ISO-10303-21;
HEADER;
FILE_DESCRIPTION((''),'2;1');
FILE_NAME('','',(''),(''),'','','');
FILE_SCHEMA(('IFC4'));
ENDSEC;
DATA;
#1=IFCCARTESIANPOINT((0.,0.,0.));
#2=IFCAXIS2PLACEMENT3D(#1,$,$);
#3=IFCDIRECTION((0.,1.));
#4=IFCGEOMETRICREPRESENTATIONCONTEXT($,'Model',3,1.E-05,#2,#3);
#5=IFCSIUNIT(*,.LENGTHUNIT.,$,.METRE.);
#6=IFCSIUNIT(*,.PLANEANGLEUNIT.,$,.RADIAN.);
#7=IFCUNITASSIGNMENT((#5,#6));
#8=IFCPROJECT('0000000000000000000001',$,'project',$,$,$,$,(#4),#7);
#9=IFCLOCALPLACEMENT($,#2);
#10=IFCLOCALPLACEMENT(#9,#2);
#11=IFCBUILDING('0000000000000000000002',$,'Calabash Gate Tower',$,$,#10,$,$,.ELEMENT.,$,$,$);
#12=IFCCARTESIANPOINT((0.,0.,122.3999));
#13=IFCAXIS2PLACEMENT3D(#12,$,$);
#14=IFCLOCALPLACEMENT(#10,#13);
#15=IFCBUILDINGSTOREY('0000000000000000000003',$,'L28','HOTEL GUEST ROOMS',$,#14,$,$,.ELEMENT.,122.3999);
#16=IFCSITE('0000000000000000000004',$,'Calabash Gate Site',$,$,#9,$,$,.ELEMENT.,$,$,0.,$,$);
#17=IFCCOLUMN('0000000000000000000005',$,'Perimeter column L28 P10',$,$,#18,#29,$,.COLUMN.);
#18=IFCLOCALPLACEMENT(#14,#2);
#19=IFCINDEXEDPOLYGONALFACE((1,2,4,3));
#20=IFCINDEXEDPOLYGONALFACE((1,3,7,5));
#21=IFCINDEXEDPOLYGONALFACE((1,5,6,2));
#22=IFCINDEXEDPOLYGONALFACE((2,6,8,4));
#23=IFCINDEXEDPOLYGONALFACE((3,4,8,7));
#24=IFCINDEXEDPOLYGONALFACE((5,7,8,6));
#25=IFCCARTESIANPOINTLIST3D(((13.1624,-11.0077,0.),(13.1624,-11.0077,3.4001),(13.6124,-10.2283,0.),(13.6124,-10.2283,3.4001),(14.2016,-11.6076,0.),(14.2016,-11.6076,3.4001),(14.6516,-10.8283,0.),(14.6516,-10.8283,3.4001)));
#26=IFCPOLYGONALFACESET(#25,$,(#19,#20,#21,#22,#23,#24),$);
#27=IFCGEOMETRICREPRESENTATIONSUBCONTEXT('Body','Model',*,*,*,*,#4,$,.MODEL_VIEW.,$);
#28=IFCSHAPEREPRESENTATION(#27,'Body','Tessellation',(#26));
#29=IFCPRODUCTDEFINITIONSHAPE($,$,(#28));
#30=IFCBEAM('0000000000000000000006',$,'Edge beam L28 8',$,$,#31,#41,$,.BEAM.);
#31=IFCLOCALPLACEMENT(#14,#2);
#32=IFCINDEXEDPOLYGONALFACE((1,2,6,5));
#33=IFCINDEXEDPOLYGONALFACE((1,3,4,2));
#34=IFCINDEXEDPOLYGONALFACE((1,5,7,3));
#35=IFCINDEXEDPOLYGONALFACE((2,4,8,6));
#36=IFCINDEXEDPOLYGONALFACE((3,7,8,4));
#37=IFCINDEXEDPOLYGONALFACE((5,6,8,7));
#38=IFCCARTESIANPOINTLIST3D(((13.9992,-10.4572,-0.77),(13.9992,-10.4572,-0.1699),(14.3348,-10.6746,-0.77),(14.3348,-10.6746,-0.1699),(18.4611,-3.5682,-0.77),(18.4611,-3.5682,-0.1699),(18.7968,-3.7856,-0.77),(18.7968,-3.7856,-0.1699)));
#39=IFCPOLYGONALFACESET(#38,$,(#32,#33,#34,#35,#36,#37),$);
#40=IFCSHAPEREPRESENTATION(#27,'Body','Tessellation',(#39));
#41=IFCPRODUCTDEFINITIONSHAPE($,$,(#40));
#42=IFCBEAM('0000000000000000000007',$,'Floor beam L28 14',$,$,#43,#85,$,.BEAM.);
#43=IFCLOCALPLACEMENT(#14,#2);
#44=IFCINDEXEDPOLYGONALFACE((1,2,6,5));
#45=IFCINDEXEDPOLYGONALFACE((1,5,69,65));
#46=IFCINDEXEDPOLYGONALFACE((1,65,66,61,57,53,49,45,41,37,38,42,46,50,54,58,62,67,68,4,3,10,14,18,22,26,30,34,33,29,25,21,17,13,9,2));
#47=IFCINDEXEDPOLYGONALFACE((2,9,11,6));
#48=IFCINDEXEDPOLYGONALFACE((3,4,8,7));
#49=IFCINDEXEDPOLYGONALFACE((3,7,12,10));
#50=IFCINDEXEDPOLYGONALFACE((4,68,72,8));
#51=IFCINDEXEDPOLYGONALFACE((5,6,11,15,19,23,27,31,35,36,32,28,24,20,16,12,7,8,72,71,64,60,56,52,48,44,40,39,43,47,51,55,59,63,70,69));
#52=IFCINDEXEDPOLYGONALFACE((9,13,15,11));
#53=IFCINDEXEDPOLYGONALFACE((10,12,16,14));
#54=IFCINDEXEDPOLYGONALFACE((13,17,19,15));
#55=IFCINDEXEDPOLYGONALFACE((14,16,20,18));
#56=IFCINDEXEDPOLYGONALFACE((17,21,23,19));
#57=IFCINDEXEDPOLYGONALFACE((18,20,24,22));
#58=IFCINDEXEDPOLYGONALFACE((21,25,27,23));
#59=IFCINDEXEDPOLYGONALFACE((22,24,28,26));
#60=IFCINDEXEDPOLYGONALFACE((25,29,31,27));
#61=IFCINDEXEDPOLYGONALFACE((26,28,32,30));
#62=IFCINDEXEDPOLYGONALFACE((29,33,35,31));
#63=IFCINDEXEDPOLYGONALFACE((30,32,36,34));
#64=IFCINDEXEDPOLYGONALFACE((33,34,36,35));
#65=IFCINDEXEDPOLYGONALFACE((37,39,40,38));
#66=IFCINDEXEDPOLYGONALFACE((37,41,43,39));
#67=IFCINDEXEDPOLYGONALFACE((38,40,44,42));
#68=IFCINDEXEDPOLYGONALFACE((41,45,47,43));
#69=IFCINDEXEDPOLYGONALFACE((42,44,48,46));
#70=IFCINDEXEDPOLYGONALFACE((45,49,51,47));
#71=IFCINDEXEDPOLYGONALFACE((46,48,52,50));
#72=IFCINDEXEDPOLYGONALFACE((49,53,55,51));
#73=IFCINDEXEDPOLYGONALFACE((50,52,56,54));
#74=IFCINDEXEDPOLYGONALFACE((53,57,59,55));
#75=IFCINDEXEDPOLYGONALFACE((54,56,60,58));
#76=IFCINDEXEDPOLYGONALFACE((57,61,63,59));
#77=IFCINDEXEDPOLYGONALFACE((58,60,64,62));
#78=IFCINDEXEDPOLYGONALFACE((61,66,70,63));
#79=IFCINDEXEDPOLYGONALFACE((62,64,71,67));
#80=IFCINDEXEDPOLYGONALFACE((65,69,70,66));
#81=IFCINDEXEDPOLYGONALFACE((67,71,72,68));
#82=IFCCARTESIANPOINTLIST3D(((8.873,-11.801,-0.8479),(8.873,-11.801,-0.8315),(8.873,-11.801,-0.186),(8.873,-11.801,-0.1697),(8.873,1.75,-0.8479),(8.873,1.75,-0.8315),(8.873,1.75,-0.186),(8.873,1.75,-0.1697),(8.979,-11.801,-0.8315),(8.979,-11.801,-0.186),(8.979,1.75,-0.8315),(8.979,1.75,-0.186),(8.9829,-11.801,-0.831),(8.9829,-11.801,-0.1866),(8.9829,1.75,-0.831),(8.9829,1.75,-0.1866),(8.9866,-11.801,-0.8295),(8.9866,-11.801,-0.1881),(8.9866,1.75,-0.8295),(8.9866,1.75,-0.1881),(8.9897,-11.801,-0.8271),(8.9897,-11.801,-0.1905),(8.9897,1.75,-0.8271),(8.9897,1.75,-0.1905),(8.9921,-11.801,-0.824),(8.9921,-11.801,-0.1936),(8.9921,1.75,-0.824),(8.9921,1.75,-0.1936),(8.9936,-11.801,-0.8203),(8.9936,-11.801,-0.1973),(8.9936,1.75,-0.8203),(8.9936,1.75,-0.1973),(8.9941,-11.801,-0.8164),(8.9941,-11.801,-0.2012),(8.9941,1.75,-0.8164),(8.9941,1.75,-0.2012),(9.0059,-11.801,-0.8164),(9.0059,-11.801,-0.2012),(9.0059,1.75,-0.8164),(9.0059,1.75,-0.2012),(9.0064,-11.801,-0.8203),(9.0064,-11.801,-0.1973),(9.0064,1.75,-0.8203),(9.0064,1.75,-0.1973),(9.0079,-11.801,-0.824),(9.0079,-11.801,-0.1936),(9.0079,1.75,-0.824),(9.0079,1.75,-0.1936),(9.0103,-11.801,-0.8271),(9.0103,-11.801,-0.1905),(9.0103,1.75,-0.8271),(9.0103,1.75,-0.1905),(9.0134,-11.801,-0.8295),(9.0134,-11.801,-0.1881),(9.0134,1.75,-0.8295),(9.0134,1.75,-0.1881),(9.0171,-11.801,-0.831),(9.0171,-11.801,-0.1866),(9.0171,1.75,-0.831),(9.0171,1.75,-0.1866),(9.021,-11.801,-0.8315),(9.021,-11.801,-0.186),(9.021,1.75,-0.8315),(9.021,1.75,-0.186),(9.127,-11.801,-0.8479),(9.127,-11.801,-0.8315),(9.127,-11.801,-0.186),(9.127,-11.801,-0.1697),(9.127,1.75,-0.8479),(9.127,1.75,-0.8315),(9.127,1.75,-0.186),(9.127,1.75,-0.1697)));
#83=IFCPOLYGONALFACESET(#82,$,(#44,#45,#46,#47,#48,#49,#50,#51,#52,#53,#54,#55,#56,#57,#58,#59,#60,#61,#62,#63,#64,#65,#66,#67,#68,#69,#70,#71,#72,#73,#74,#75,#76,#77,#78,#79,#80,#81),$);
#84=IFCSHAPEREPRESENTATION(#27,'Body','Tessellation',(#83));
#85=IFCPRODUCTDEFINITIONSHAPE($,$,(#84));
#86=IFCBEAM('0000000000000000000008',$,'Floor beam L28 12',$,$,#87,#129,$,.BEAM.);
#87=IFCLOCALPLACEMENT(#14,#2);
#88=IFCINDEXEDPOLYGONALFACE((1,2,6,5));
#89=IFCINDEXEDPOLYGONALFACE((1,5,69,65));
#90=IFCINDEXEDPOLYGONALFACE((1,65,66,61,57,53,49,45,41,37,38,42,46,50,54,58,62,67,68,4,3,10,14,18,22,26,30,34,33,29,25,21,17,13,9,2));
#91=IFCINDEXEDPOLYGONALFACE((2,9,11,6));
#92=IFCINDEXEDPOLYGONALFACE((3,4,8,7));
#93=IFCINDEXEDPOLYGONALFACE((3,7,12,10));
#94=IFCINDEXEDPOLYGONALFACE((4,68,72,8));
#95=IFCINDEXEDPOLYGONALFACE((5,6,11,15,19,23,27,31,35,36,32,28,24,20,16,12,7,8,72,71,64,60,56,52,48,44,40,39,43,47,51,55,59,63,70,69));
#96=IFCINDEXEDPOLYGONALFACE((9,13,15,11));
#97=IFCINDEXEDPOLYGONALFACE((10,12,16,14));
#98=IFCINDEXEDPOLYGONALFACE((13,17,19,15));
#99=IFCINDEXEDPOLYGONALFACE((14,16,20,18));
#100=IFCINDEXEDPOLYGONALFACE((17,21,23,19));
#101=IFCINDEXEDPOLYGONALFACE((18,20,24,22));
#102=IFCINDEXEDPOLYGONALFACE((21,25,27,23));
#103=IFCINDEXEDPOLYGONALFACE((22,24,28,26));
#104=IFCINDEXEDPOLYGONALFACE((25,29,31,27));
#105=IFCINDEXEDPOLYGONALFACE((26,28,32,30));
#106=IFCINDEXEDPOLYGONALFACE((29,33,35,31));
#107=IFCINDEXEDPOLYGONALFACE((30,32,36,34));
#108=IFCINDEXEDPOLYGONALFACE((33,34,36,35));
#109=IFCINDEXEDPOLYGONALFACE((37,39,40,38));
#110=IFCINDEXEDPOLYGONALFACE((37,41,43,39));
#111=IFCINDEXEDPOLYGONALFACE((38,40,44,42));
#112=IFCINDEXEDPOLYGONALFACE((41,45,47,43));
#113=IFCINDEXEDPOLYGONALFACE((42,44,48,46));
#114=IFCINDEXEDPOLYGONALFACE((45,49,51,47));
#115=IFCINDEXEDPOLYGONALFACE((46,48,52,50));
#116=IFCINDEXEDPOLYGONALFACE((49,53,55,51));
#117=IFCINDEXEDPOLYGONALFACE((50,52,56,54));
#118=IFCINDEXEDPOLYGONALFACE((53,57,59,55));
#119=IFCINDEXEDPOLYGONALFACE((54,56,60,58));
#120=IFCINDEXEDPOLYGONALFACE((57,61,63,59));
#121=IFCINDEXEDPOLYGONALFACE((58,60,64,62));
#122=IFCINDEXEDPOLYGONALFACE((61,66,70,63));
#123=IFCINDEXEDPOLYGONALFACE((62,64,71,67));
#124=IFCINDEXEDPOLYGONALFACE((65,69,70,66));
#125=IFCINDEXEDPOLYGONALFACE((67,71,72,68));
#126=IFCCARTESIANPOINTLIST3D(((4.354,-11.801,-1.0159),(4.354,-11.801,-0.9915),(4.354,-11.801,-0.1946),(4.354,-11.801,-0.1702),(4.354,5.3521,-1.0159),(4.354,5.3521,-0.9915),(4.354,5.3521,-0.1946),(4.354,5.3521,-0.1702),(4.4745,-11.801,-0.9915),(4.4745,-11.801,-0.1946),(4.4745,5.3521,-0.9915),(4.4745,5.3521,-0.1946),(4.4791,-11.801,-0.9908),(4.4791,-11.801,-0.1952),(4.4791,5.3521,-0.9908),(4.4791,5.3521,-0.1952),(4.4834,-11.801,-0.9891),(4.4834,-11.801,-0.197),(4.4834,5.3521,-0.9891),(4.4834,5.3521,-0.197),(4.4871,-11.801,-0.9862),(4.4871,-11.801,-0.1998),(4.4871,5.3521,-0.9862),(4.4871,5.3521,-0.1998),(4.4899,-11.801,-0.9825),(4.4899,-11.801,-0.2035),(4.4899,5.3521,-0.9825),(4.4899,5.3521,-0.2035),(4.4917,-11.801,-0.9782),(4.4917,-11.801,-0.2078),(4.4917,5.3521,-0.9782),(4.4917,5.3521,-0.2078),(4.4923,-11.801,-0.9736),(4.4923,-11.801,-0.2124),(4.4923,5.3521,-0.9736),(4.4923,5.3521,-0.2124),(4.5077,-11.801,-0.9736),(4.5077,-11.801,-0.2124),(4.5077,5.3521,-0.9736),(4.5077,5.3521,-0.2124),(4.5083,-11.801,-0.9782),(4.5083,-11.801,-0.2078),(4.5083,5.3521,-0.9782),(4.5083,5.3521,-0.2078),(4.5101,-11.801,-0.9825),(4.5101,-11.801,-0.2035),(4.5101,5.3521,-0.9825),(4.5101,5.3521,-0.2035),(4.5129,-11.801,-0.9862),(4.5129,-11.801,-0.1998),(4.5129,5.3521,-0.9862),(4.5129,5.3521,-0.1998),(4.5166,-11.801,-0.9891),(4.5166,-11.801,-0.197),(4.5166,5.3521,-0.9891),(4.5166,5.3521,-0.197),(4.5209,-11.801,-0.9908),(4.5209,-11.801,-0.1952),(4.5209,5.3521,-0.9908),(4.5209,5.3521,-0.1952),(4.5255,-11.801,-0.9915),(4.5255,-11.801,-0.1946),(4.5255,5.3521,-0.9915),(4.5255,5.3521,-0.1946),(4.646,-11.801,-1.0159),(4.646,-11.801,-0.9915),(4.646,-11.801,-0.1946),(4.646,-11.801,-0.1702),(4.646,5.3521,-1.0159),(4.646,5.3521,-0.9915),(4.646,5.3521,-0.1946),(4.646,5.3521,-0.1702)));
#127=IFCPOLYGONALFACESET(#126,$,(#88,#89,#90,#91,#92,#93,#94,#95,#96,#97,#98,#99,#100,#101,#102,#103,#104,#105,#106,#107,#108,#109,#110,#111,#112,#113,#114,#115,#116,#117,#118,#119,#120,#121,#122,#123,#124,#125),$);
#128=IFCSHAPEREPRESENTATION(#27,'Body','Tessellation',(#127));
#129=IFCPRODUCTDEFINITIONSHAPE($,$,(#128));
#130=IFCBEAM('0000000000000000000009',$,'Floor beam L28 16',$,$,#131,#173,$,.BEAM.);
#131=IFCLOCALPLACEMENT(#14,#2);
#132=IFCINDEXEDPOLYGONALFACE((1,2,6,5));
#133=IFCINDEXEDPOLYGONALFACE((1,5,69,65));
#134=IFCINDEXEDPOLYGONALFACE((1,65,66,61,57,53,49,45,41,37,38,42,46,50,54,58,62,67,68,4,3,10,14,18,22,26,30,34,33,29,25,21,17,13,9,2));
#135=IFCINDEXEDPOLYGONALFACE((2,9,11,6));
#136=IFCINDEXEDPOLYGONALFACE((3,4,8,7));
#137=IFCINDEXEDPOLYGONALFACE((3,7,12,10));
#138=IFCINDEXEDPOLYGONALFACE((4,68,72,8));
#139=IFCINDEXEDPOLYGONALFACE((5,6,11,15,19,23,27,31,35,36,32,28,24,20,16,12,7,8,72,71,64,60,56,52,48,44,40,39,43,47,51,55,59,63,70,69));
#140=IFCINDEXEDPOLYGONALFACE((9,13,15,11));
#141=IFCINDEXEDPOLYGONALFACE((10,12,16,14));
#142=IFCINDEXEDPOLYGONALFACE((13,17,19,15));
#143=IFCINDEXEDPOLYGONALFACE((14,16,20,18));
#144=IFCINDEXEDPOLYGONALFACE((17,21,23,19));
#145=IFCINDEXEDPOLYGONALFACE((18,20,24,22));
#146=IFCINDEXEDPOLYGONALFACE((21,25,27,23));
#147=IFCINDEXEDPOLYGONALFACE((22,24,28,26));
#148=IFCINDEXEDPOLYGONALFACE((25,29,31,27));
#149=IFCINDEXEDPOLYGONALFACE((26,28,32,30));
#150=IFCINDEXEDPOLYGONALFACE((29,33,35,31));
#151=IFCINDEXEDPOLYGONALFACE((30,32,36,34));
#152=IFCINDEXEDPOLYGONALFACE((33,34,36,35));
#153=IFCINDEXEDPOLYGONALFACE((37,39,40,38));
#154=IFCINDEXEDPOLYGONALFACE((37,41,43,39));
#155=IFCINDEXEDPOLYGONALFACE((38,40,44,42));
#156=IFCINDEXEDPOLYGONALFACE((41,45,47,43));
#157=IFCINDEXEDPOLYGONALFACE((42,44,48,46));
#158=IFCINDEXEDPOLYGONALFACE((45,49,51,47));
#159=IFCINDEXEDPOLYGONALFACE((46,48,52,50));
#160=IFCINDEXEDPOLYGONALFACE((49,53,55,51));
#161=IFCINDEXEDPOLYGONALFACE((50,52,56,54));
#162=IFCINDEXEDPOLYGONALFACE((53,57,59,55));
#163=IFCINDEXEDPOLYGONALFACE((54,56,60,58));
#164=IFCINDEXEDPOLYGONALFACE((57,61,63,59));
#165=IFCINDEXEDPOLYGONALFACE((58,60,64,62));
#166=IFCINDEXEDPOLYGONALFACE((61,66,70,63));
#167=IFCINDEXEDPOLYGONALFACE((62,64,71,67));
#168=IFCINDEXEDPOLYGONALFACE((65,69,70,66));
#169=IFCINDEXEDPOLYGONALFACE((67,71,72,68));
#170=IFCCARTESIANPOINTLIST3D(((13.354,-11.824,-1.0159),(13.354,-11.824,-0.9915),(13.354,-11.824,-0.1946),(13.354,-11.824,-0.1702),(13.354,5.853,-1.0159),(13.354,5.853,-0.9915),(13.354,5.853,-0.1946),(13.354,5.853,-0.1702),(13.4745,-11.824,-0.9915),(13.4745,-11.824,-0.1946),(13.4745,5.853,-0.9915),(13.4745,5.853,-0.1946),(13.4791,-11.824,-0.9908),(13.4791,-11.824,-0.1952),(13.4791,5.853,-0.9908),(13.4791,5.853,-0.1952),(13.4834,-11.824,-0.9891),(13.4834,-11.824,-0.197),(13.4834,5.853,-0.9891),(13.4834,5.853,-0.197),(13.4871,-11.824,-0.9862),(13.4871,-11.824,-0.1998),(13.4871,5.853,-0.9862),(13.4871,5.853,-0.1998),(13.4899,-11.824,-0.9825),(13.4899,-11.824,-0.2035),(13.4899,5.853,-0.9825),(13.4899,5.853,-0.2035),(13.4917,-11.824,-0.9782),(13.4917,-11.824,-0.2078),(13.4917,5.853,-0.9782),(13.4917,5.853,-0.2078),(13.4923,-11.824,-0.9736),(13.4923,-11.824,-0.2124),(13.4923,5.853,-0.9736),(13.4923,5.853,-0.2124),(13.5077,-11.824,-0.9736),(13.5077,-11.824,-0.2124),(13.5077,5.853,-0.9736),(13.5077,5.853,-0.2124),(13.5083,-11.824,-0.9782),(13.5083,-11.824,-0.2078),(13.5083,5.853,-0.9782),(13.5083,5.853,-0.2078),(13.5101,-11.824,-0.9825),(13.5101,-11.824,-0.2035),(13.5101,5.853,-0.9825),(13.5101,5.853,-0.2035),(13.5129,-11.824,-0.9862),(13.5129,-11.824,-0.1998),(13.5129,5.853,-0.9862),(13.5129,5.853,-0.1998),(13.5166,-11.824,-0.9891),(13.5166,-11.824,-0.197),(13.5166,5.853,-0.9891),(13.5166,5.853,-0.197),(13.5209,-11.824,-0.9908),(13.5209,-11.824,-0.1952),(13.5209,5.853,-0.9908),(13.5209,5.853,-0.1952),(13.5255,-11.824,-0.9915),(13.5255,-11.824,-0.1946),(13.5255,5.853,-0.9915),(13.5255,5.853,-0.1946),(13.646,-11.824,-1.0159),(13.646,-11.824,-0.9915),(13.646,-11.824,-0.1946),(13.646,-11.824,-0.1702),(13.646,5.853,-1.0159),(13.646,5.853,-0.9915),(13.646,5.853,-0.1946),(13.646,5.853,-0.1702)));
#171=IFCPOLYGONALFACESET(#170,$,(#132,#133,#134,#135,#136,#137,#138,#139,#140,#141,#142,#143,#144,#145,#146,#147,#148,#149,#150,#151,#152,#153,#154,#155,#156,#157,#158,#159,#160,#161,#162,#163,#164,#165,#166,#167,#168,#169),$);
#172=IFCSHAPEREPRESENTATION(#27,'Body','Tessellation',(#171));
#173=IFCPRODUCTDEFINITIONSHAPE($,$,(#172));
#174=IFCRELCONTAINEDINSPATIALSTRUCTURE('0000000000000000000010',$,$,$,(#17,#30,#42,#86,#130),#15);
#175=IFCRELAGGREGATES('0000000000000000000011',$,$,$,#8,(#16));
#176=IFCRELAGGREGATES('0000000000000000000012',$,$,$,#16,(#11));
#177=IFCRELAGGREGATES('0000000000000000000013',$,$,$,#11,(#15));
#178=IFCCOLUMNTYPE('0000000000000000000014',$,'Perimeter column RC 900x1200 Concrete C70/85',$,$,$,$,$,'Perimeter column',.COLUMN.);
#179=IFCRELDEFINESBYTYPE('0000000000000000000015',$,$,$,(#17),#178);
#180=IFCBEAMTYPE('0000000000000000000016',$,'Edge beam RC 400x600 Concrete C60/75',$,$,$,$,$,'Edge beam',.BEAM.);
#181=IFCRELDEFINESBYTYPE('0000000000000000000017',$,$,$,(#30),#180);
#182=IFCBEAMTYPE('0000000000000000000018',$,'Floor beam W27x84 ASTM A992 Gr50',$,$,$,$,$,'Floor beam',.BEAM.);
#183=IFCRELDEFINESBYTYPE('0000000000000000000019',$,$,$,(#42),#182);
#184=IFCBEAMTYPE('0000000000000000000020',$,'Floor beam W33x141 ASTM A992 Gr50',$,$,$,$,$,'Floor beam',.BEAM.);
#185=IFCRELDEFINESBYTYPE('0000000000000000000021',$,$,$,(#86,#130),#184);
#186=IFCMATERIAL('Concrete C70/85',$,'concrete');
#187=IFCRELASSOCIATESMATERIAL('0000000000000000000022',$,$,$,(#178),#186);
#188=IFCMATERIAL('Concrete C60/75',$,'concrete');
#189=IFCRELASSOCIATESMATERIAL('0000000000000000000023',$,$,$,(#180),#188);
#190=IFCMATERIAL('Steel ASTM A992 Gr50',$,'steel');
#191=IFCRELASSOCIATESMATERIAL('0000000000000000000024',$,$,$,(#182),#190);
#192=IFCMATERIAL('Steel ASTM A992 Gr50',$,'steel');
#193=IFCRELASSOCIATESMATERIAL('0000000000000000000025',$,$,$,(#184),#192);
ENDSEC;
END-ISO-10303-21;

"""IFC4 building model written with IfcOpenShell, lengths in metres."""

from ifc_helpers import new_model, si_unit, direction, frame, origin, origin_2d, place, context, subcontext, project, spatial, rectangle, i_section, extrude, material, material_profile, profile_set, type_object, element, save


model = new_model("IFC4")

# Units and contexts
model_context = context("Model", 3, precision=1e-05, world=origin(), true_north=direction((0.0, 1.0)))
body_context = subcontext(model_context, "Body", "Model", "MODEL_VIEW")
ifc_project = project(units=[si_unit("LENGTHUNIT", "METRE"), si_unit("PLANEANGLEUNIT", "RADIAN")], contexts=[model_context])

# Site, building, storey
site_placement = place(None, origin())
site = spatial("IfcSite", under=ifc_project, at=site_placement, Name="Calabash Gate Site", CompositionType="ELEMENT", RefElevation=0.0)
building_placement = place(site_placement, origin())
building = spatial("IfcBuilding", under=site, at=building_placement, Name="Calabash Gate Tower", CompositionType="ELEMENT")
storey_placement = place(building_placement, frame((0.0, 0.0, 122.3999)))
storey = spatial("IfcBuildingStorey", under=building, at=storey_placement, Name="L28", Description="HOTEL GUEST ROOMS", CompositionType="ELEMENT", Elevation=122.3999)

# Column
ifc_material_1 = material(Name="Concrete C70/85", Category="concrete")
ifc_material_profile_1 = material_profile(ifc_material_1, rectangle(XDim=0.8999, YDim=1.2, at=origin_2d()))
ifc_profile_set_1 = profile_set([ifc_material_profile_1], Name="Concrete C70/85")
column_type = type_object("IfcColumnType", Name="Perimeter column RC 900x1200 Concrete C70/85", ElementType="Perimeter column", PredefinedType="COLUMN", material=ifc_profile_set_1)
column_placement = place(storey_placement, frame((13.907, -10.918, 0.0), z_axis=(0.0, 0.0, 1.0), x_axis=(0.5, 0.866025, 0.0)))
element("IfcColumn", 1, at=column_placement, inside=storey, type_object=column_type, Name="Perimeter column L28 P10", PredefinedType="COLUMN", context=body_context, shape_type="SweptSolid", body=[
    extrude(rectangle(XDim=0.8999, YDim=1.2, at=origin_2d()), origin(), (0.0, 0.0, 1.0), 3.4001),
])

# Beams
ifc_material_2 = material(Name="Concrete C60/75", Category="concrete")
ifc_material_profile_2 = material_profile(ifc_material_2, rectangle(XDim=0.3999, YDim=0.6001, at=origin_2d()))
ifc_profile_set_2 = profile_set([ifc_material_profile_2], Name="Concrete C60/75")
beam_type_1 = type_object("IfcBeamType", Name="Edge beam RC 400x600 Concrete C60/75", ElementType="Edge beam", PredefinedType="BEAM", material=ifc_profile_set_2)
beam_1_placement = place(storey_placement, frame((14.167, -10.5659, -0.47), z_axis=(0.543627, 0.839327, 0.0), x_axis=(-0.839327, 0.543627, 0.0)))
element("IfcBeam", 2, at=beam_1_placement, inside=storey, type_object=beam_type_1, Name="Edge beam L28 8", PredefinedType="BEAM", context=body_context, shape_type="SweptSolid", body=[
    extrude(rectangle(XDim=0.3999, YDim=0.6001, at=origin_2d()), origin(), (0.0, 0.0, 1.0), 8.2078),
])
ifc_material_3 = material(Name="Steel ASTM A992 Gr50", Category="steel")
ifc_material_profile_3 = material_profile(ifc_material_3, i_section(OverallWidth=0.2539, OverallDepth=0.6782, WebThickness=0.0117, FlangeThickness=0.0164, FilletRadius=0.0151, at=origin_2d()))
ifc_profile_set_3 = profile_set([ifc_material_profile_3], Name="Steel ASTM A992 Gr50")
beam_type_2 = type_object("IfcBeamType", Name="Floor beam W27x84 ASTM A992 Gr50", ElementType="Floor beam", PredefinedType="BEAM", material=ifc_profile_set_3)
beam_2_placement = place(storey_placement, frame((9.0, -11.801, -0.5088), z_axis=(0.0, 1.0, 0.0), x_axis=(-1.0, 0.0, 0.0)))
element("IfcBeam", 3, at=beam_2_placement, inside=storey, type_object=beam_type_2, Name="Floor beam L28 14", PredefinedType="BEAM", context=body_context, shape_type="SweptSolid", body=[
    extrude(i_section(OverallWidth=0.2539, OverallDepth=0.6782, WebThickness=0.0117, FlangeThickness=0.0164, FilletRadius=0.0151, at=origin_2d()), origin(), (0.0, 0.0, 1.0), 13.551),
])
ifc_material_4 = material(Name="Steel ASTM A992 Gr50", Category="steel")
ifc_material_profile_4 = material_profile(ifc_material_4, i_section(OverallWidth=0.292, OverallDepth=0.8457, WebThickness=0.0154, FlangeThickness=0.0244, FilletRadius=0.0178, at=origin_2d()))
ifc_profile_set_4 = profile_set([ifc_material_profile_4], Name="Steel ASTM A992 Gr50")
beam_type_3 = type_object("IfcBeamType", Name="Floor beam W33x141 ASTM A992 Gr50", ElementType="Floor beam", PredefinedType="BEAM", material=ifc_profile_set_4)
beam_3_placement = place(storey_placement, frame((4.5, -11.801, -0.593), z_axis=(0.0, 1.0, 0.0), x_axis=(-1.0, 0.0, 0.0)))
element("IfcBeam", 4, at=beam_3_placement, inside=storey, type_object=beam_type_3, Name="Floor beam L28 12", PredefinedType="BEAM", context=body_context, shape_type="SweptSolid", body=[
    extrude(i_section(OverallWidth=0.292, OverallDepth=0.8457, WebThickness=0.0154, FlangeThickness=0.0244, FilletRadius=0.0178, at=origin_2d()), origin(), (0.0, 0.0, 1.0), 17.1531),
])
beam_4_placement = place(storey_placement, frame((13.5, -11.824, -0.593), z_axis=(0.0, 1.0, 0.0), x_axis=(-1.0, 0.0, 0.0)))
element("IfcBeam", 5, at=beam_4_placement, inside=storey, type_object=beam_type_3, Name="Floor beam L28 16", PredefinedType="BEAM", context=body_context, shape_type="SweptSolid", body=[
    extrude(i_section(OverallWidth=0.292, OverallDepth=0.8457, WebThickness=0.0154, FlangeThickness=0.0244, FilletRadius=0.0178, at=origin_2d()), origin(), (0.0, 0.0, 1.0), 17.677),
])

save(model, "model.ifc")
